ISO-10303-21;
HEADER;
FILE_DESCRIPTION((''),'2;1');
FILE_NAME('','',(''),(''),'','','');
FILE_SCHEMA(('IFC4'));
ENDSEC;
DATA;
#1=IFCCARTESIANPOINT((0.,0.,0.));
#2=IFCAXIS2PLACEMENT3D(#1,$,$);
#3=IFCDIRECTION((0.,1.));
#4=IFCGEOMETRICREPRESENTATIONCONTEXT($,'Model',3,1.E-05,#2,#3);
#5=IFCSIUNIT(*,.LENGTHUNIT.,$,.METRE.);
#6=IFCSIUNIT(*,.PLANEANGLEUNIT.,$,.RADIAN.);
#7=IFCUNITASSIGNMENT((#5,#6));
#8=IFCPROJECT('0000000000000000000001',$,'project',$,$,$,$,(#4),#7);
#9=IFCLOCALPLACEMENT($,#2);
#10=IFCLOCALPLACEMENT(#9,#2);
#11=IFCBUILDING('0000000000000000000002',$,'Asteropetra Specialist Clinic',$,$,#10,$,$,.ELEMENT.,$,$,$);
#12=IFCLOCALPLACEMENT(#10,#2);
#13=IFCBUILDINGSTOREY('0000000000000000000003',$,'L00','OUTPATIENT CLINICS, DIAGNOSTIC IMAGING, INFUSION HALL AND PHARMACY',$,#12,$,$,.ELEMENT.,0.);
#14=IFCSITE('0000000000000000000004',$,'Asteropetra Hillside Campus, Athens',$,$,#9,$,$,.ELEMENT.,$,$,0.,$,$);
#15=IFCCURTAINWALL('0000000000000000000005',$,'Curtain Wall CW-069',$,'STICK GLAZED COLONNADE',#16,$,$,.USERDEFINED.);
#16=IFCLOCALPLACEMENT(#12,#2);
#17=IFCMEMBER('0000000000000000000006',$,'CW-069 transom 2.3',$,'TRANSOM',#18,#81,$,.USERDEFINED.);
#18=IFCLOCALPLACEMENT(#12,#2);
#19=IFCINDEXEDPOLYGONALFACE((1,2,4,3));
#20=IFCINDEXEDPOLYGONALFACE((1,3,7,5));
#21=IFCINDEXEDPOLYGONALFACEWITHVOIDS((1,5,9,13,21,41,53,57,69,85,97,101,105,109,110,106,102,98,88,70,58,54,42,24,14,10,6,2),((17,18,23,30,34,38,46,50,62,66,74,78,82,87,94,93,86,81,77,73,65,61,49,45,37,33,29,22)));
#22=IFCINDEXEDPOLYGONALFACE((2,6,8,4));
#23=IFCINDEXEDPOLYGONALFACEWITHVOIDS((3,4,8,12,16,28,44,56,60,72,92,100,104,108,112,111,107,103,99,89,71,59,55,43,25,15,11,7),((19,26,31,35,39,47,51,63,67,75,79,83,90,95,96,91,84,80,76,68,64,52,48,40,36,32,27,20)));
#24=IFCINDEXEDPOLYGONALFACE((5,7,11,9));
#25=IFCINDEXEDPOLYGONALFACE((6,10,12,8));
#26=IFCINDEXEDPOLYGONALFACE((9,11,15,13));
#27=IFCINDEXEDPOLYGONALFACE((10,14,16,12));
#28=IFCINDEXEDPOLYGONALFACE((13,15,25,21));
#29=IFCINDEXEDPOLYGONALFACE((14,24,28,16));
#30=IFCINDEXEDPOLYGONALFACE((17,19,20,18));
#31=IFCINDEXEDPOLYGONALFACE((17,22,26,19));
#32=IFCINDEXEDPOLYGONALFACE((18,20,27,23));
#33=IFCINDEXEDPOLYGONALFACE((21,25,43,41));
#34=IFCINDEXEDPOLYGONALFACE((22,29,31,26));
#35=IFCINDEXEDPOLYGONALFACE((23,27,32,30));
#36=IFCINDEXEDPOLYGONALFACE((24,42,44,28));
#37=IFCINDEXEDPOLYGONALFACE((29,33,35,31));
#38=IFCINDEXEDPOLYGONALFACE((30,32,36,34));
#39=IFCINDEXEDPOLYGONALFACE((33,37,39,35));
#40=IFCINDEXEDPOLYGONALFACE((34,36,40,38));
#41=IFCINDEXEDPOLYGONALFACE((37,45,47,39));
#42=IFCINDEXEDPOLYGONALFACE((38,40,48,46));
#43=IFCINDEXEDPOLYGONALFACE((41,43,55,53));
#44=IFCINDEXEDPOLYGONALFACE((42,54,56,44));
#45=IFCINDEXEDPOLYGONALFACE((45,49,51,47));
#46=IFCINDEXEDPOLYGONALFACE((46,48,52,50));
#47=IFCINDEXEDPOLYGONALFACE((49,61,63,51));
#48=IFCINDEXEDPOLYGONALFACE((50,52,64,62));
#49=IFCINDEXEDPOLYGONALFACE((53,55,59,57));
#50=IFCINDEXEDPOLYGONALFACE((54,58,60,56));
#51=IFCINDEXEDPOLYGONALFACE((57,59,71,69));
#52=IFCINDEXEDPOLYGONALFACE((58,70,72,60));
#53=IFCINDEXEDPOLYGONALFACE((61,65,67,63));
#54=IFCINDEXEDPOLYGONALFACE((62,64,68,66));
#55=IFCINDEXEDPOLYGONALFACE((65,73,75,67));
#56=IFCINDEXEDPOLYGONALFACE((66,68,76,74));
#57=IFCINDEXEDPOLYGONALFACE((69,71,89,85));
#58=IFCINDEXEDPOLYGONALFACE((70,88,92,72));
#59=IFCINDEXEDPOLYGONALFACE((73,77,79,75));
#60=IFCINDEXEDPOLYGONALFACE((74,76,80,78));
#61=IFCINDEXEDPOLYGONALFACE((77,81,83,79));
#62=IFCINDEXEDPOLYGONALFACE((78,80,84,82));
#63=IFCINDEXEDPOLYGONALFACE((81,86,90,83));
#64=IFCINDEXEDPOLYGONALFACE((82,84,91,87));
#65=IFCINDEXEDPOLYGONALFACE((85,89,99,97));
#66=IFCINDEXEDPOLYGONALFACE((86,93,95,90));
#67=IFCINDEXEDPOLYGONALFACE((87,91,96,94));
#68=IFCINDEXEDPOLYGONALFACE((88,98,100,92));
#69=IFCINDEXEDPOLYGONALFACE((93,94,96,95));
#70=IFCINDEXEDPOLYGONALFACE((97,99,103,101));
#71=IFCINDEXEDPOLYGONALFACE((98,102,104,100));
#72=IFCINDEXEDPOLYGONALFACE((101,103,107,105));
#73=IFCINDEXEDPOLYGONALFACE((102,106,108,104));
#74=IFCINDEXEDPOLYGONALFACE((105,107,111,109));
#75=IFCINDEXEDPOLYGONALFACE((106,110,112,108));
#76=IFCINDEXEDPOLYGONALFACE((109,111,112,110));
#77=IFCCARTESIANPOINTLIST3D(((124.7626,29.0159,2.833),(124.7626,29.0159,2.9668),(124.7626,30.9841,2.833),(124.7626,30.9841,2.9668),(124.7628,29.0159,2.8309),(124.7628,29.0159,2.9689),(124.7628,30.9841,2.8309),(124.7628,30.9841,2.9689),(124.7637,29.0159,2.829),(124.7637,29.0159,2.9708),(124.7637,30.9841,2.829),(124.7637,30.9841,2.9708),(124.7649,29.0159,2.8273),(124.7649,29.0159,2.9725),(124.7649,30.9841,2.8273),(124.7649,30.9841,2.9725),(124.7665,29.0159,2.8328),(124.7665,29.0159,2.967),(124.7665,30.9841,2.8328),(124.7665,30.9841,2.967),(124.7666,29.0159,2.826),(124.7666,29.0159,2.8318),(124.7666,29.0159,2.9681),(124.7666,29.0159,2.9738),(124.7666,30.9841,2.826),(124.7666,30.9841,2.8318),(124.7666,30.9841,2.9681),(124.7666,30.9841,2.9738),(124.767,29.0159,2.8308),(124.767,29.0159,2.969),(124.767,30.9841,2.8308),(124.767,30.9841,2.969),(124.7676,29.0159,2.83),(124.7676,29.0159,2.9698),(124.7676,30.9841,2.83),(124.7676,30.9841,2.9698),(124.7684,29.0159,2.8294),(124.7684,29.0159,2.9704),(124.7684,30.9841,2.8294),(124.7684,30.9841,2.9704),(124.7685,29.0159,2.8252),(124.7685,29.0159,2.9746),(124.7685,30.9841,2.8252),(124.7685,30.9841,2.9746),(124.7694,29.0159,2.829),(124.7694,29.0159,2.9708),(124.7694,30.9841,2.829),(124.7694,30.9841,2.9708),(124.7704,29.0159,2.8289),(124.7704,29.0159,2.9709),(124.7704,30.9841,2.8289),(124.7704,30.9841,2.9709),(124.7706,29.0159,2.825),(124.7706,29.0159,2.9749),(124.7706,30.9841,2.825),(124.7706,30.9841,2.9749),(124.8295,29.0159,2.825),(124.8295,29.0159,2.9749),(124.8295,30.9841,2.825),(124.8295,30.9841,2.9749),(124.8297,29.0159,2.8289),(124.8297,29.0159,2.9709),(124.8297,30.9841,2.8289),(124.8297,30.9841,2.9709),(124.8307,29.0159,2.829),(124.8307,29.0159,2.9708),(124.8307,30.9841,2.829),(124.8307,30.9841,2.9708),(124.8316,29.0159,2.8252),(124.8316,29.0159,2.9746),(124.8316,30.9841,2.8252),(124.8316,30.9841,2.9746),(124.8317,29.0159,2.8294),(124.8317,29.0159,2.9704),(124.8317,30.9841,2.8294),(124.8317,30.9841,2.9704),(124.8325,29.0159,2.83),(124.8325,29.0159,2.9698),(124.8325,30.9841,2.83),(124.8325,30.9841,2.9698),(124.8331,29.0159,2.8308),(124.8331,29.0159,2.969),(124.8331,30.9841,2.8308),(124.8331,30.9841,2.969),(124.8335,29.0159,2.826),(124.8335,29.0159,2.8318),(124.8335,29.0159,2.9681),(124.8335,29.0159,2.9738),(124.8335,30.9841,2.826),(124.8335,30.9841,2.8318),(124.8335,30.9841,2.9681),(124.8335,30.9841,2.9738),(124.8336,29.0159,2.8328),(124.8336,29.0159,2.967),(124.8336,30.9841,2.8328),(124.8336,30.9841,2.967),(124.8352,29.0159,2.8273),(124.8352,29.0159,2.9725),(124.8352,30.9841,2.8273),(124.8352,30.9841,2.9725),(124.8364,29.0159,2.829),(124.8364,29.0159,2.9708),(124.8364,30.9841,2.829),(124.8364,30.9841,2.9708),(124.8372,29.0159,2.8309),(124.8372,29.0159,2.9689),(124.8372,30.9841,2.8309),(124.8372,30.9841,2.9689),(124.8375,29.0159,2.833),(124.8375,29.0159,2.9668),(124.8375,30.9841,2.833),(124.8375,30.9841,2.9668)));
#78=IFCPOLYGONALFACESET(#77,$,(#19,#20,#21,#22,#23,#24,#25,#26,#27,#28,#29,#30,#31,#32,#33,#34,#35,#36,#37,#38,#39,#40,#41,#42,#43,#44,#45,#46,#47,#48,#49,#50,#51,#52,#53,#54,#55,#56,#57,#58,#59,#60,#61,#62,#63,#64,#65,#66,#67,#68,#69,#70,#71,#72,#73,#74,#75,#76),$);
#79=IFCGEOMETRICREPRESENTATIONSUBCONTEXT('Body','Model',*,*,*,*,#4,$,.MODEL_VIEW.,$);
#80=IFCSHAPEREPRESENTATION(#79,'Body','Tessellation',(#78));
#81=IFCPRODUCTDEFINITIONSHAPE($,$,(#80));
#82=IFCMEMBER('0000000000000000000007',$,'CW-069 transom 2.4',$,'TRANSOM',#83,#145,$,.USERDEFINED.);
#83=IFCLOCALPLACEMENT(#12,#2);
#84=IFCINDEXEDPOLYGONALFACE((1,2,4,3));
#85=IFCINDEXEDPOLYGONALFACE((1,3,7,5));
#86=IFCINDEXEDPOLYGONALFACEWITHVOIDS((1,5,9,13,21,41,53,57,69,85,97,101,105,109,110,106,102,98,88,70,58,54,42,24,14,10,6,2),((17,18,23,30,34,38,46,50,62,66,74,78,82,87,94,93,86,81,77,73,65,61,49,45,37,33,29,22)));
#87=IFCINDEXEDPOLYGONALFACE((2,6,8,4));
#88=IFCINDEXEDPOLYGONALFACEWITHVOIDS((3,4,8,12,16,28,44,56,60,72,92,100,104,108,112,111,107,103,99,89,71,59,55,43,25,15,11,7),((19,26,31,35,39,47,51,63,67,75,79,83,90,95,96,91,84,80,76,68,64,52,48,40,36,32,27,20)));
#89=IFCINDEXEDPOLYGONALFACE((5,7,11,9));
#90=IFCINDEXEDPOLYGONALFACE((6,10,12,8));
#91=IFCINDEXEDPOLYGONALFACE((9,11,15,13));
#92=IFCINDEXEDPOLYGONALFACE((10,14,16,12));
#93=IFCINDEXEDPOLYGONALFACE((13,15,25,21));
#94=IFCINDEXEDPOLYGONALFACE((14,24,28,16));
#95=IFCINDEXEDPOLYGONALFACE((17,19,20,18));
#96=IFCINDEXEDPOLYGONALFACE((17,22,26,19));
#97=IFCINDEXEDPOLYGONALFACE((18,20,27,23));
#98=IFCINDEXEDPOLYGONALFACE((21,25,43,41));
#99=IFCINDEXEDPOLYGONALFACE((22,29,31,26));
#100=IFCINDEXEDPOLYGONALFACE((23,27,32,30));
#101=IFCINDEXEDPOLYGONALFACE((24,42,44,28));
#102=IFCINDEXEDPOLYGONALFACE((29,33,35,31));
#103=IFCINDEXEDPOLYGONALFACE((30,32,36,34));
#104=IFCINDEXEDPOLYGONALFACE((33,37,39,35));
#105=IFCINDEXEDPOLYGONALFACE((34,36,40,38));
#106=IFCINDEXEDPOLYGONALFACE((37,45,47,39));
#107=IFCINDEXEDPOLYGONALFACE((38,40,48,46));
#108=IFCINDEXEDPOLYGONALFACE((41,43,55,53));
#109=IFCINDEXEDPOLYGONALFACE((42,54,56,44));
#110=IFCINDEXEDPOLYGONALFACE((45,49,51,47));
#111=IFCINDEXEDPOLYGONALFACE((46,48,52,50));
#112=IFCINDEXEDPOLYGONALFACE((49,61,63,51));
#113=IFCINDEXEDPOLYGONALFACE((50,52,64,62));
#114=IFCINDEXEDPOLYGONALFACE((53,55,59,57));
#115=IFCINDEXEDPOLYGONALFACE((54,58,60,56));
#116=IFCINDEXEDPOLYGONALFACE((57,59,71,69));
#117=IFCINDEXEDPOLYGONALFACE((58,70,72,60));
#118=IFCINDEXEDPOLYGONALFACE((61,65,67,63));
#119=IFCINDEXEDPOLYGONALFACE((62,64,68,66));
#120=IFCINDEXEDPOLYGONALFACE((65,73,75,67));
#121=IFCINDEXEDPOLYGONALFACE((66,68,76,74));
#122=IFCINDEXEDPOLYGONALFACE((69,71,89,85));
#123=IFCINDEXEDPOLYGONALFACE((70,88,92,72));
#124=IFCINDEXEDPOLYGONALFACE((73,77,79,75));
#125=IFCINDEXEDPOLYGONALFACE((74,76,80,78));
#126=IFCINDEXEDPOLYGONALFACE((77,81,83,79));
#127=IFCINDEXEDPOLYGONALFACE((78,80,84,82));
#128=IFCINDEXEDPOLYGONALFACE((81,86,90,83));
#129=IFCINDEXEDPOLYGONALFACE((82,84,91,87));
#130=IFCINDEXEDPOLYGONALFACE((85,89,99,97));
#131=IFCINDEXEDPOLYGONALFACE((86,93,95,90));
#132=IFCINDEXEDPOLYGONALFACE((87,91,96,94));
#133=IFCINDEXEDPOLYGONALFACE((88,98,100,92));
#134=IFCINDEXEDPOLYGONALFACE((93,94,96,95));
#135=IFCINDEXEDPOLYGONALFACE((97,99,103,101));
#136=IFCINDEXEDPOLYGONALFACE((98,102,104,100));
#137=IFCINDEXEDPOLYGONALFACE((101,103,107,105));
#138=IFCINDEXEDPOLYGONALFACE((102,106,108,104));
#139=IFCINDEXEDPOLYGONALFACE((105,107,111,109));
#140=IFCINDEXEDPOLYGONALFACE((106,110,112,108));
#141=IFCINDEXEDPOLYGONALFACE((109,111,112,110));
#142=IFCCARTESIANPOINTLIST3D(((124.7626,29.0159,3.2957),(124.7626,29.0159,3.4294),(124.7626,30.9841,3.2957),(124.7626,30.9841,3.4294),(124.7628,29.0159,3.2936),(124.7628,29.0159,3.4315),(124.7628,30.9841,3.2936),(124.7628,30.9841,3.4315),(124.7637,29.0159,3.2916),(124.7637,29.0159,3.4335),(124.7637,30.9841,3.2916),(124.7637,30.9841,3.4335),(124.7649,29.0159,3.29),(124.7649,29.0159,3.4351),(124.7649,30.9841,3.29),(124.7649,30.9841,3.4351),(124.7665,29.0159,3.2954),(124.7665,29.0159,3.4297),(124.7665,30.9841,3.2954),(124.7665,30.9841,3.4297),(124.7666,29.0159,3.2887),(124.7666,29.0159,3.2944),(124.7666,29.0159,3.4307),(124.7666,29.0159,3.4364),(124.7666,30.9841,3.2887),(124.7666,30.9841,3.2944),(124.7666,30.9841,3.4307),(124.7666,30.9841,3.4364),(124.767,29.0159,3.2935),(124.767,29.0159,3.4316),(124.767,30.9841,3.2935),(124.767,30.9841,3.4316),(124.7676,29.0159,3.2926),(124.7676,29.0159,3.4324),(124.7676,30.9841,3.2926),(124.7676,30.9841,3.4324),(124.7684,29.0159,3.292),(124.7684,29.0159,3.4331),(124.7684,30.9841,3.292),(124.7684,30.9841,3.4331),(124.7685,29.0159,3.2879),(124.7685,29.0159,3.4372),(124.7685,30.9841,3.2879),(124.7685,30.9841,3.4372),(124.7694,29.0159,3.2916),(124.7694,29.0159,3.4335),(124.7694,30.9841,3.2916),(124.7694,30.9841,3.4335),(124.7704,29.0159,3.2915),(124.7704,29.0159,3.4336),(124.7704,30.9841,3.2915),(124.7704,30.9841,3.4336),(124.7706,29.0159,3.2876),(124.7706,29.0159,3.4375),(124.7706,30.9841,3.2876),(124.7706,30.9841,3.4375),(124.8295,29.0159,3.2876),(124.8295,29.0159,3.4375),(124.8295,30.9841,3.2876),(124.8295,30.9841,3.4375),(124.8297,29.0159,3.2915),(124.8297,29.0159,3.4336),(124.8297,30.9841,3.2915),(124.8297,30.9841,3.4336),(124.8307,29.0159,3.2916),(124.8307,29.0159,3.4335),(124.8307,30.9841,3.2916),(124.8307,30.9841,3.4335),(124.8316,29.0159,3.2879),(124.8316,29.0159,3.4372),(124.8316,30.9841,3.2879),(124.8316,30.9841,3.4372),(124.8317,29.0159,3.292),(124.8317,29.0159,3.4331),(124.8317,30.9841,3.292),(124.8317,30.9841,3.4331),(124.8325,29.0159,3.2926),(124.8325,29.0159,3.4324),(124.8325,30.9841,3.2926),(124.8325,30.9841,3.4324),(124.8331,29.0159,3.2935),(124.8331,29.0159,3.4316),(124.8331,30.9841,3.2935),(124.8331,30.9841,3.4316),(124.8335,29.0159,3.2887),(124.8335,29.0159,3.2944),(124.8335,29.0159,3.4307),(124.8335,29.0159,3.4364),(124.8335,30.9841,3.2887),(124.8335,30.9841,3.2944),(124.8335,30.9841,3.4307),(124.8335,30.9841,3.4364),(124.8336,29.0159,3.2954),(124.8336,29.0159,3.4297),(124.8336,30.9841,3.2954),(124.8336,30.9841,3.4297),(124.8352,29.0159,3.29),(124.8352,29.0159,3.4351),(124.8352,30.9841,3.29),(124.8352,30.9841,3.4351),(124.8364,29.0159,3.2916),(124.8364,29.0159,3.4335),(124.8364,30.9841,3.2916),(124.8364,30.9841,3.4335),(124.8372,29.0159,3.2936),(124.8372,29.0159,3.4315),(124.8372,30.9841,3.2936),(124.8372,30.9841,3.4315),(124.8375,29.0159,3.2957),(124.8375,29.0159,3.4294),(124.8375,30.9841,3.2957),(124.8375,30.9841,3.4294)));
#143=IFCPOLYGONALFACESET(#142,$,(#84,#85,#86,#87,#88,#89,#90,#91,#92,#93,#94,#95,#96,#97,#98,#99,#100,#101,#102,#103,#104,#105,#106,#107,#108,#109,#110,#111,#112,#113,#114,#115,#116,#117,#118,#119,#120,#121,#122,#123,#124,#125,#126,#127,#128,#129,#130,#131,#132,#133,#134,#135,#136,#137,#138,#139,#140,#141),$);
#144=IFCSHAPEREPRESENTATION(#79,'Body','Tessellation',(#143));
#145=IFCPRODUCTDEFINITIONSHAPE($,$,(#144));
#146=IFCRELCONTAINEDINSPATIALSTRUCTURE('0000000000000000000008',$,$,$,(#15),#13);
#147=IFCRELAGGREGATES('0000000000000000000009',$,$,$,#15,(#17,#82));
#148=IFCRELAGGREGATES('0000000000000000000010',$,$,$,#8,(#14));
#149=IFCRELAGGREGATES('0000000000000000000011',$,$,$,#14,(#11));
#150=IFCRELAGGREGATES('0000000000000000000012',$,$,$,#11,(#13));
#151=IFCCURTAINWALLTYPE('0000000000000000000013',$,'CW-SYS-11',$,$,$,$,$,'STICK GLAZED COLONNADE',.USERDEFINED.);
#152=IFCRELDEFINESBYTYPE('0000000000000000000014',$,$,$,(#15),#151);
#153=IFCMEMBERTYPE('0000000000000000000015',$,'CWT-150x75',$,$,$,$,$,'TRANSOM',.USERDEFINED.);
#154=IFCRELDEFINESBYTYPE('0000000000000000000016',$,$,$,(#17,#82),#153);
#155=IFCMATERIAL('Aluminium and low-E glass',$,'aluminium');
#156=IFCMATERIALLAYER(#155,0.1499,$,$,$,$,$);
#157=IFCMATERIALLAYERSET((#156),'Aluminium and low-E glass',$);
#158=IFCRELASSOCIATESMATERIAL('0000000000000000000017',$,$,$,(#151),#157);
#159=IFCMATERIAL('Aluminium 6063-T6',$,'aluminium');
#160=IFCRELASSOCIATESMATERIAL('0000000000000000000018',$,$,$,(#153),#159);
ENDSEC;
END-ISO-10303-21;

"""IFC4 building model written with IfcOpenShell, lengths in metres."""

from ifc_helpers import new_model, si_unit, direction, frame, origin, origin_2d, place, context, subcontext, project, spatial, hollow_rectangle, extrude, material, layer, layer_set, material_profile, profile_set, type_object, element, aggregate, save


model = new_model("IFC4")

# Units and contexts
model_context = context("Model", 3, precision=1e-05, world=origin(), true_north=direction((0.0, 1.0)))
body_context = subcontext(model_context, "Body", "Model", "MODEL_VIEW")
ifc_project = project(units=[si_unit("LENGTHUNIT", "METRE"), si_unit("PLANEANGLEUNIT", "RADIAN")], contexts=[model_context])

# Site, building, storey
site_placement = place(None, origin())
site = spatial("IfcSite", under=ifc_project, at=site_placement, Name="Asteropetra Hillside Campus, Athens", CompositionType="ELEMENT", RefElevation=0.0)
building_placement = place(site_placement, origin())
building = spatial("IfcBuilding", under=site, at=building_placement, Name="Asteropetra Specialist Clinic", CompositionType="ELEMENT")
storey_placement = place(building_placement, origin())
storey = spatial("IfcBuildingStorey", under=building, at=storey_placement, Name="L00", Description="OUTPATIENT CLINICS, DIAGNOSTIC IMAGING, INFUSION HALL AND PHARMACY", CompositionType="ELEMENT", Elevation=0.0)

# Shared definitions
ifc_material_1 = material(Name="Aluminium and low-E glass", Category="aluminium")
ifc_layer_1 = layer(ifc_material_1, 0.1499)
ifc_layer_set_1 = layer_set([ifc_layer_1], Name="Aluminium and low-E glass")
curtain_wall_type_1 = type_object("IfcCurtainWallType", Name="CW-SYS-11", ElementType="STICK GLAZED COLONNADE", PredefinedType="USERDEFINED", material=ifc_layer_set_1)

# Curtain wall
curtain_wall_1_placement = place(storey_placement, origin())
curtain_wall_1 = element("IfcCurtainWall", 1, at=curtain_wall_1_placement, inside=storey, type_object=curtain_wall_type_1, Name="Curtain Wall CW-069", ObjectType="STICK GLAZED COLONNADE", PredefinedType="USERDEFINED")

# Members
ifc_material_2 = material(Name="Aluminium 6063-T6", Category="aluminium")
ifc_material_profile_1 = material_profile(ifc_material_2, hollow_rectangle(XDim=0.075, YDim=0.1499, WallThickness=0.0039, InnerFilletRadius=0.0039, OuterFilletRadius=0.0081, at=origin_2d()), Name="TRN 150x75x4.0")
ifc_profile_set_1 = profile_set([ifc_material_profile_1], Name="Aluminium 6063-T6")
member_type_1 = type_object("IfcMemberType", Name="CWT-150x75", ElementType="TRANSOM", PredefinedType="USERDEFINED", material=ifc_profile_set_1)
member_1_placement = place(storey_placement, frame((124.8, 30.9841, 2.8999), z_axis=(0.0, -1.0, 0.0), x_axis=(1.0, 0.0, 0.0)))
member_1 = element("IfcMember", 2, at=member_1_placement, type_object=member_type_1, Name="CW-069 transom 2.3", ObjectType="TRANSOM", PredefinedType="USERDEFINED", context=body_context, shape_type="SweptSolid", body=[
    extrude(hollow_rectangle(XDim=0.075, YDim=0.1499, WallThickness=0.0039, InnerFilletRadius=0.0039, OuterFilletRadius=0.0081, at=origin_2d()), origin(), (0.0, 0.0, 1.0), 1.9683),
])
member_2_placement = place(storey_placement, frame((124.8, 30.9841, 3.3625), z_axis=(0.0, -1.0, 0.0), x_axis=(1.0, 0.0, 0.0)))
member_2 = element("IfcMember", 3, at=member_2_placement, type_object=member_type_1, Name="CW-069 transom 2.4", ObjectType="TRANSOM", PredefinedType="USERDEFINED", context=body_context, shape_type="SweptSolid", body=[
    extrude(hollow_rectangle(XDim=0.075, YDim=0.1499, WallThickness=0.0039, InnerFilletRadius=0.0039, OuterFilletRadius=0.0081, at=origin_2d()), origin(), (0.0, 0.0, 1.0), 1.9683),
])

aggregate(curtain_wall_1, [member_1, member_2])

save(model, "model.ifc")
